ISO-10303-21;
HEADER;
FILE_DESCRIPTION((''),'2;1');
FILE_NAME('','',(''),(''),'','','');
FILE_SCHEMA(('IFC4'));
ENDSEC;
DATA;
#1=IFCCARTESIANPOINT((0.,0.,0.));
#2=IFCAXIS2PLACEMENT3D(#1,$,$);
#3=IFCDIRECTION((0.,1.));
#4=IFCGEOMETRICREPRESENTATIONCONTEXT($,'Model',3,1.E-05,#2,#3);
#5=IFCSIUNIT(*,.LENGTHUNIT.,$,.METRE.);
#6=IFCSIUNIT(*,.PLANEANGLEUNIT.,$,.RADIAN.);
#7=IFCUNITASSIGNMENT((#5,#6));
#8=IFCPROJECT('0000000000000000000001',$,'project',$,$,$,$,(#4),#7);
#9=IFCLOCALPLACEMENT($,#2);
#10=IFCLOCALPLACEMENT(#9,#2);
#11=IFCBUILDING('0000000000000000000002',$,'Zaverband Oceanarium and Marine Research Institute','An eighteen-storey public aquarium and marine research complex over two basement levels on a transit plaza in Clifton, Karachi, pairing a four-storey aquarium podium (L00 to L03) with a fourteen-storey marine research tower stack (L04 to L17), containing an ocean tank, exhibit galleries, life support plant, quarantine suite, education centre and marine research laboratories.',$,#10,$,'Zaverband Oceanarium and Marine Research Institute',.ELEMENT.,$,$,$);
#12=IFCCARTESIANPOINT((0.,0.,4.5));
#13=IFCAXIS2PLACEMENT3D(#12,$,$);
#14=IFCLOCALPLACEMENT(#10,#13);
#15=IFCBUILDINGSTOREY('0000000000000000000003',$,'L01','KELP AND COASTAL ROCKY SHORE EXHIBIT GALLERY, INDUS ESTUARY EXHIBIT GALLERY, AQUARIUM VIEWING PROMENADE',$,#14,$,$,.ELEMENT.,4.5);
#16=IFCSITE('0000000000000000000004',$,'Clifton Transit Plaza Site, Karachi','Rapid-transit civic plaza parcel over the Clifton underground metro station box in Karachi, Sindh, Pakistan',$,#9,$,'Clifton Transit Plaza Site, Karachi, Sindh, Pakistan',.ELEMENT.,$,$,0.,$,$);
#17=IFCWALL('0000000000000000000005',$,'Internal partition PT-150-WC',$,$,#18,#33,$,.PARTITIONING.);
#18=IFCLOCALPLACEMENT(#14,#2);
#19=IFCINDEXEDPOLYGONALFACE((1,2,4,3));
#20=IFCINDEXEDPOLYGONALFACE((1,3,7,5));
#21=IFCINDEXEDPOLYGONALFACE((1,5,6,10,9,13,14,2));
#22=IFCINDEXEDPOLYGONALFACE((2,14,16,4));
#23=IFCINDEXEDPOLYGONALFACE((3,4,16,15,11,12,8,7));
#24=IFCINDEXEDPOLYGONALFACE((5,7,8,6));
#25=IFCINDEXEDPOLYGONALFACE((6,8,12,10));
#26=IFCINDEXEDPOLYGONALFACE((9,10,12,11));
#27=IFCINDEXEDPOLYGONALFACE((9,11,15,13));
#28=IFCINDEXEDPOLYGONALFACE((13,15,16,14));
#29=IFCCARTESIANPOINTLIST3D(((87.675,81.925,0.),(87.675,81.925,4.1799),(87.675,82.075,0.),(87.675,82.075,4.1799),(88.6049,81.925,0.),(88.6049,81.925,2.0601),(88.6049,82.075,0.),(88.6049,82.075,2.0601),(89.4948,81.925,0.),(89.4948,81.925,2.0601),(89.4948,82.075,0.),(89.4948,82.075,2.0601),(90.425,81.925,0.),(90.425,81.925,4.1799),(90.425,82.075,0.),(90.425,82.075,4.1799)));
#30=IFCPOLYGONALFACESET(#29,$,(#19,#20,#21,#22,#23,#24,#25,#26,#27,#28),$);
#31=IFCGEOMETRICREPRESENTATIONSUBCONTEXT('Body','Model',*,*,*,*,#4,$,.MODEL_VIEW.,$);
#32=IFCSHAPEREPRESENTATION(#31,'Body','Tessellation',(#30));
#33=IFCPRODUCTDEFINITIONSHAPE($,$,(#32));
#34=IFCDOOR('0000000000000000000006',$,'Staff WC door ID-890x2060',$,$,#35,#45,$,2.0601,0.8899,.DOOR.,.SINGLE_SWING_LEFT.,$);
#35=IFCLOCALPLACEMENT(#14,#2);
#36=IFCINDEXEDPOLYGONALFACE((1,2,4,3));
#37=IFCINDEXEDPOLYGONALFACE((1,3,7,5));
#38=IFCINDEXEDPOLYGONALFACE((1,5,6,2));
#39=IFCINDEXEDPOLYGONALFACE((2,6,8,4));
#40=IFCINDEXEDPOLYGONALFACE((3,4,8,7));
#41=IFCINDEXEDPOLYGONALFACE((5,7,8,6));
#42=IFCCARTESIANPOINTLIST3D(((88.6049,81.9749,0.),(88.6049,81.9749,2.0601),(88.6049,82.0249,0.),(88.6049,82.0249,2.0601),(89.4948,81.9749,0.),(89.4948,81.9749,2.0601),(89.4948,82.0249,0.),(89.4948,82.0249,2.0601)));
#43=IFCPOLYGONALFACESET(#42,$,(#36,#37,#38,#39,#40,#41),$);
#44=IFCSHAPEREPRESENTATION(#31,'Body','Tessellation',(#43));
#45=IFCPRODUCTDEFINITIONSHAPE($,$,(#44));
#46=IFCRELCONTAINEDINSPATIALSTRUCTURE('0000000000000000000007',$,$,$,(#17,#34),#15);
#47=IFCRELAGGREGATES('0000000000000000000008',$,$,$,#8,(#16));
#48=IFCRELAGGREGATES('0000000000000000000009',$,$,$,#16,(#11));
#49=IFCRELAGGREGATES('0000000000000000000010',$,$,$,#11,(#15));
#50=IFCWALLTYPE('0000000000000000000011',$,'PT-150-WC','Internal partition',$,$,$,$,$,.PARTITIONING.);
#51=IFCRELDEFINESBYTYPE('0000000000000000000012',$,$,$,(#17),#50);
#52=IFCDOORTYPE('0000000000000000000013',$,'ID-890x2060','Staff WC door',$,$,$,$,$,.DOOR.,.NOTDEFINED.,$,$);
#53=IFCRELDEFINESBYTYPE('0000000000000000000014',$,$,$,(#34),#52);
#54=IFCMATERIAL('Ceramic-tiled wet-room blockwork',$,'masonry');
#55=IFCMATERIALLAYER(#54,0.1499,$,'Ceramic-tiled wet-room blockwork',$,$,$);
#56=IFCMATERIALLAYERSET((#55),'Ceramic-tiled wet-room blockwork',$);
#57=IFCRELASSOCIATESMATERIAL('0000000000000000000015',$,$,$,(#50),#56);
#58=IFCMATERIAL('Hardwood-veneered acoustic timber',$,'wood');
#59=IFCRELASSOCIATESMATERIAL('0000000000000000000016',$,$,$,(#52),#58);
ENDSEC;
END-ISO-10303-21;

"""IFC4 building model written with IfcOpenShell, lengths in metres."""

from ifc_helpers import new_model, si_unit, direction, frame, frame_2d, origin, place, context, subcontext, project, spatial, rectangle, extrude, material, layer, layer_set, type_object, element, fill, save


model = new_model("IFC4")

# Units and contexts
model_context = context("Model", 3, precision=1e-05, world=origin(), true_north=direction((0.0, 1.0)))
body_context = subcontext(model_context, "Body", "Model", "MODEL_VIEW")
ifc_project = project(units=[si_unit("LENGTHUNIT", "METRE"), si_unit("PLANEANGLEUNIT", "RADIAN")], contexts=[model_context])

# Site, building, storey
site_placement = place(None, origin())
site = spatial("IfcSite", under=ifc_project, at=site_placement, Name="Clifton Transit Plaza Site, Karachi", Description="Rapid-transit civic plaza parcel over the Clifton underground metro station box in Karachi, Sindh, Pakistan", LongName="Clifton Transit Plaza Site, Karachi, Sindh, Pakistan", CompositionType="ELEMENT", RefElevation=0.0)
building_placement = place(site_placement, origin())
building = spatial("IfcBuilding", under=site, at=building_placement, Name="Zaverband Oceanarium and Marine Research Institute", Description="An eighteen-storey public aquarium and marine research complex over two basement levels on a transit plaza in Clifton, Karachi, pairing a four-storey aquarium podium (L00 to L03) with a fourteen-storey marine research tower stack (L04 to L17), containing an ocean tank, exhibit galleries, life support plant, quarantine suite, education centre and marine research laboratories.", LongName="Zaverband Oceanarium and Marine Research Institute", CompositionType="ELEMENT")
storey_placement = place(building_placement, frame((0.0, 0.0, 4.5)))
storey = spatial("IfcBuildingStorey", under=building, at=storey_placement, Name="L01", Description="KELP AND COASTAL ROCKY SHORE EXHIBIT GALLERY, INDUS ESTUARY EXHIBIT GALLERY, AQUARIUM VIEWING PROMENADE", CompositionType="ELEMENT", Elevation=4.5)

# Shared definitions
ifc_material_1 = material(Name="Hardwood-veneered acoustic timber", Category="wood")

# Shared definitions
ifc_material_2 = material(Name="Ceramic-tiled wet-room blockwork", Category="masonry")
ifc_layer_1 = layer(ifc_material_2, 0.1499, Name="Ceramic-tiled wet-room blockwork")
ifc_layer_set_1 = layer_set([ifc_layer_1], Name="Ceramic-tiled wet-room blockwork")
wall_type_1 = type_object("IfcWallType", Name="PT-150-WC", Description="Internal partition", PredefinedType="PARTITIONING", material=ifc_layer_set_1)

# Wall, opening, door
wall_1_placement = place(storey_placement, frame((87.675, 82.0, 0.0), z_axis=(0.0, 0.0, 1.0), x_axis=(1.0, 0.0, 0.0)))
wall_1 = element("IfcWall", 1, at=wall_1_placement, inside=storey, type_object=wall_type_1, Name="Internal partition PT-150-WC", PredefinedType="PARTITIONING", context=body_context, shape_type="SweptSolid", body=[
    extrude(rectangle(XDim=2.75, YDim=0.1499, at=frame_2d((1.375, 0.0))), origin(), (0.0, 0.0, 1.0), 4.1799),
])
opening_1_placement = place(wall_1_placement, frame((0.9299, 0.0, 0.0)))
opening_1 = element("IfcOpeningElement", 2, at=opening_1_placement, cuts=wall_1, PredefinedType="OPENING", context=body_context, shape_type="SweptSolid", body=[
    extrude(rectangle(XDim=0.8899, YDim=2.0601, at=frame_2d((0.4448, 1.03))), frame((0.0, 0.0869, 0.0), z_axis=(0.0, -1.0, 0.0), x_axis=(1.0, 0.0, 0.0)), (0.0, 0.0, 1.0), 0.1738),
])
door_type_1 = type_object("IfcDoorType", Name="ID-890x2060", Description="Staff WC door", OperationType="NOTDEFINED", PredefinedType="DOOR", material=ifc_material_1)
door_1_placement = place(opening_1_placement, origin())
door_1 = element("IfcDoor", 3, at=door_1_placement, inside=storey, type_object=door_type_1, Name="Staff WC door ID-890x2060", OperationType="SINGLE_SWING_LEFT", OverallHeight=2.0601, OverallWidth=0.8899, PredefinedType="DOOR", context=body_context, shape_type="SweptSolid", body=[
    extrude(rectangle(XDim=0.8899, YDim=2.0601, at=frame_2d((0.4448, 1.03))), frame((0.0, 0.0249, 0.0), z_axis=(0.0, -1.0, 0.0), x_axis=(1.0, 0.0, 0.0)), (0.0, 0.0, 1.0), 0.05),
])
fill(opening_1, door_1)

save(model, "model.ifc")
